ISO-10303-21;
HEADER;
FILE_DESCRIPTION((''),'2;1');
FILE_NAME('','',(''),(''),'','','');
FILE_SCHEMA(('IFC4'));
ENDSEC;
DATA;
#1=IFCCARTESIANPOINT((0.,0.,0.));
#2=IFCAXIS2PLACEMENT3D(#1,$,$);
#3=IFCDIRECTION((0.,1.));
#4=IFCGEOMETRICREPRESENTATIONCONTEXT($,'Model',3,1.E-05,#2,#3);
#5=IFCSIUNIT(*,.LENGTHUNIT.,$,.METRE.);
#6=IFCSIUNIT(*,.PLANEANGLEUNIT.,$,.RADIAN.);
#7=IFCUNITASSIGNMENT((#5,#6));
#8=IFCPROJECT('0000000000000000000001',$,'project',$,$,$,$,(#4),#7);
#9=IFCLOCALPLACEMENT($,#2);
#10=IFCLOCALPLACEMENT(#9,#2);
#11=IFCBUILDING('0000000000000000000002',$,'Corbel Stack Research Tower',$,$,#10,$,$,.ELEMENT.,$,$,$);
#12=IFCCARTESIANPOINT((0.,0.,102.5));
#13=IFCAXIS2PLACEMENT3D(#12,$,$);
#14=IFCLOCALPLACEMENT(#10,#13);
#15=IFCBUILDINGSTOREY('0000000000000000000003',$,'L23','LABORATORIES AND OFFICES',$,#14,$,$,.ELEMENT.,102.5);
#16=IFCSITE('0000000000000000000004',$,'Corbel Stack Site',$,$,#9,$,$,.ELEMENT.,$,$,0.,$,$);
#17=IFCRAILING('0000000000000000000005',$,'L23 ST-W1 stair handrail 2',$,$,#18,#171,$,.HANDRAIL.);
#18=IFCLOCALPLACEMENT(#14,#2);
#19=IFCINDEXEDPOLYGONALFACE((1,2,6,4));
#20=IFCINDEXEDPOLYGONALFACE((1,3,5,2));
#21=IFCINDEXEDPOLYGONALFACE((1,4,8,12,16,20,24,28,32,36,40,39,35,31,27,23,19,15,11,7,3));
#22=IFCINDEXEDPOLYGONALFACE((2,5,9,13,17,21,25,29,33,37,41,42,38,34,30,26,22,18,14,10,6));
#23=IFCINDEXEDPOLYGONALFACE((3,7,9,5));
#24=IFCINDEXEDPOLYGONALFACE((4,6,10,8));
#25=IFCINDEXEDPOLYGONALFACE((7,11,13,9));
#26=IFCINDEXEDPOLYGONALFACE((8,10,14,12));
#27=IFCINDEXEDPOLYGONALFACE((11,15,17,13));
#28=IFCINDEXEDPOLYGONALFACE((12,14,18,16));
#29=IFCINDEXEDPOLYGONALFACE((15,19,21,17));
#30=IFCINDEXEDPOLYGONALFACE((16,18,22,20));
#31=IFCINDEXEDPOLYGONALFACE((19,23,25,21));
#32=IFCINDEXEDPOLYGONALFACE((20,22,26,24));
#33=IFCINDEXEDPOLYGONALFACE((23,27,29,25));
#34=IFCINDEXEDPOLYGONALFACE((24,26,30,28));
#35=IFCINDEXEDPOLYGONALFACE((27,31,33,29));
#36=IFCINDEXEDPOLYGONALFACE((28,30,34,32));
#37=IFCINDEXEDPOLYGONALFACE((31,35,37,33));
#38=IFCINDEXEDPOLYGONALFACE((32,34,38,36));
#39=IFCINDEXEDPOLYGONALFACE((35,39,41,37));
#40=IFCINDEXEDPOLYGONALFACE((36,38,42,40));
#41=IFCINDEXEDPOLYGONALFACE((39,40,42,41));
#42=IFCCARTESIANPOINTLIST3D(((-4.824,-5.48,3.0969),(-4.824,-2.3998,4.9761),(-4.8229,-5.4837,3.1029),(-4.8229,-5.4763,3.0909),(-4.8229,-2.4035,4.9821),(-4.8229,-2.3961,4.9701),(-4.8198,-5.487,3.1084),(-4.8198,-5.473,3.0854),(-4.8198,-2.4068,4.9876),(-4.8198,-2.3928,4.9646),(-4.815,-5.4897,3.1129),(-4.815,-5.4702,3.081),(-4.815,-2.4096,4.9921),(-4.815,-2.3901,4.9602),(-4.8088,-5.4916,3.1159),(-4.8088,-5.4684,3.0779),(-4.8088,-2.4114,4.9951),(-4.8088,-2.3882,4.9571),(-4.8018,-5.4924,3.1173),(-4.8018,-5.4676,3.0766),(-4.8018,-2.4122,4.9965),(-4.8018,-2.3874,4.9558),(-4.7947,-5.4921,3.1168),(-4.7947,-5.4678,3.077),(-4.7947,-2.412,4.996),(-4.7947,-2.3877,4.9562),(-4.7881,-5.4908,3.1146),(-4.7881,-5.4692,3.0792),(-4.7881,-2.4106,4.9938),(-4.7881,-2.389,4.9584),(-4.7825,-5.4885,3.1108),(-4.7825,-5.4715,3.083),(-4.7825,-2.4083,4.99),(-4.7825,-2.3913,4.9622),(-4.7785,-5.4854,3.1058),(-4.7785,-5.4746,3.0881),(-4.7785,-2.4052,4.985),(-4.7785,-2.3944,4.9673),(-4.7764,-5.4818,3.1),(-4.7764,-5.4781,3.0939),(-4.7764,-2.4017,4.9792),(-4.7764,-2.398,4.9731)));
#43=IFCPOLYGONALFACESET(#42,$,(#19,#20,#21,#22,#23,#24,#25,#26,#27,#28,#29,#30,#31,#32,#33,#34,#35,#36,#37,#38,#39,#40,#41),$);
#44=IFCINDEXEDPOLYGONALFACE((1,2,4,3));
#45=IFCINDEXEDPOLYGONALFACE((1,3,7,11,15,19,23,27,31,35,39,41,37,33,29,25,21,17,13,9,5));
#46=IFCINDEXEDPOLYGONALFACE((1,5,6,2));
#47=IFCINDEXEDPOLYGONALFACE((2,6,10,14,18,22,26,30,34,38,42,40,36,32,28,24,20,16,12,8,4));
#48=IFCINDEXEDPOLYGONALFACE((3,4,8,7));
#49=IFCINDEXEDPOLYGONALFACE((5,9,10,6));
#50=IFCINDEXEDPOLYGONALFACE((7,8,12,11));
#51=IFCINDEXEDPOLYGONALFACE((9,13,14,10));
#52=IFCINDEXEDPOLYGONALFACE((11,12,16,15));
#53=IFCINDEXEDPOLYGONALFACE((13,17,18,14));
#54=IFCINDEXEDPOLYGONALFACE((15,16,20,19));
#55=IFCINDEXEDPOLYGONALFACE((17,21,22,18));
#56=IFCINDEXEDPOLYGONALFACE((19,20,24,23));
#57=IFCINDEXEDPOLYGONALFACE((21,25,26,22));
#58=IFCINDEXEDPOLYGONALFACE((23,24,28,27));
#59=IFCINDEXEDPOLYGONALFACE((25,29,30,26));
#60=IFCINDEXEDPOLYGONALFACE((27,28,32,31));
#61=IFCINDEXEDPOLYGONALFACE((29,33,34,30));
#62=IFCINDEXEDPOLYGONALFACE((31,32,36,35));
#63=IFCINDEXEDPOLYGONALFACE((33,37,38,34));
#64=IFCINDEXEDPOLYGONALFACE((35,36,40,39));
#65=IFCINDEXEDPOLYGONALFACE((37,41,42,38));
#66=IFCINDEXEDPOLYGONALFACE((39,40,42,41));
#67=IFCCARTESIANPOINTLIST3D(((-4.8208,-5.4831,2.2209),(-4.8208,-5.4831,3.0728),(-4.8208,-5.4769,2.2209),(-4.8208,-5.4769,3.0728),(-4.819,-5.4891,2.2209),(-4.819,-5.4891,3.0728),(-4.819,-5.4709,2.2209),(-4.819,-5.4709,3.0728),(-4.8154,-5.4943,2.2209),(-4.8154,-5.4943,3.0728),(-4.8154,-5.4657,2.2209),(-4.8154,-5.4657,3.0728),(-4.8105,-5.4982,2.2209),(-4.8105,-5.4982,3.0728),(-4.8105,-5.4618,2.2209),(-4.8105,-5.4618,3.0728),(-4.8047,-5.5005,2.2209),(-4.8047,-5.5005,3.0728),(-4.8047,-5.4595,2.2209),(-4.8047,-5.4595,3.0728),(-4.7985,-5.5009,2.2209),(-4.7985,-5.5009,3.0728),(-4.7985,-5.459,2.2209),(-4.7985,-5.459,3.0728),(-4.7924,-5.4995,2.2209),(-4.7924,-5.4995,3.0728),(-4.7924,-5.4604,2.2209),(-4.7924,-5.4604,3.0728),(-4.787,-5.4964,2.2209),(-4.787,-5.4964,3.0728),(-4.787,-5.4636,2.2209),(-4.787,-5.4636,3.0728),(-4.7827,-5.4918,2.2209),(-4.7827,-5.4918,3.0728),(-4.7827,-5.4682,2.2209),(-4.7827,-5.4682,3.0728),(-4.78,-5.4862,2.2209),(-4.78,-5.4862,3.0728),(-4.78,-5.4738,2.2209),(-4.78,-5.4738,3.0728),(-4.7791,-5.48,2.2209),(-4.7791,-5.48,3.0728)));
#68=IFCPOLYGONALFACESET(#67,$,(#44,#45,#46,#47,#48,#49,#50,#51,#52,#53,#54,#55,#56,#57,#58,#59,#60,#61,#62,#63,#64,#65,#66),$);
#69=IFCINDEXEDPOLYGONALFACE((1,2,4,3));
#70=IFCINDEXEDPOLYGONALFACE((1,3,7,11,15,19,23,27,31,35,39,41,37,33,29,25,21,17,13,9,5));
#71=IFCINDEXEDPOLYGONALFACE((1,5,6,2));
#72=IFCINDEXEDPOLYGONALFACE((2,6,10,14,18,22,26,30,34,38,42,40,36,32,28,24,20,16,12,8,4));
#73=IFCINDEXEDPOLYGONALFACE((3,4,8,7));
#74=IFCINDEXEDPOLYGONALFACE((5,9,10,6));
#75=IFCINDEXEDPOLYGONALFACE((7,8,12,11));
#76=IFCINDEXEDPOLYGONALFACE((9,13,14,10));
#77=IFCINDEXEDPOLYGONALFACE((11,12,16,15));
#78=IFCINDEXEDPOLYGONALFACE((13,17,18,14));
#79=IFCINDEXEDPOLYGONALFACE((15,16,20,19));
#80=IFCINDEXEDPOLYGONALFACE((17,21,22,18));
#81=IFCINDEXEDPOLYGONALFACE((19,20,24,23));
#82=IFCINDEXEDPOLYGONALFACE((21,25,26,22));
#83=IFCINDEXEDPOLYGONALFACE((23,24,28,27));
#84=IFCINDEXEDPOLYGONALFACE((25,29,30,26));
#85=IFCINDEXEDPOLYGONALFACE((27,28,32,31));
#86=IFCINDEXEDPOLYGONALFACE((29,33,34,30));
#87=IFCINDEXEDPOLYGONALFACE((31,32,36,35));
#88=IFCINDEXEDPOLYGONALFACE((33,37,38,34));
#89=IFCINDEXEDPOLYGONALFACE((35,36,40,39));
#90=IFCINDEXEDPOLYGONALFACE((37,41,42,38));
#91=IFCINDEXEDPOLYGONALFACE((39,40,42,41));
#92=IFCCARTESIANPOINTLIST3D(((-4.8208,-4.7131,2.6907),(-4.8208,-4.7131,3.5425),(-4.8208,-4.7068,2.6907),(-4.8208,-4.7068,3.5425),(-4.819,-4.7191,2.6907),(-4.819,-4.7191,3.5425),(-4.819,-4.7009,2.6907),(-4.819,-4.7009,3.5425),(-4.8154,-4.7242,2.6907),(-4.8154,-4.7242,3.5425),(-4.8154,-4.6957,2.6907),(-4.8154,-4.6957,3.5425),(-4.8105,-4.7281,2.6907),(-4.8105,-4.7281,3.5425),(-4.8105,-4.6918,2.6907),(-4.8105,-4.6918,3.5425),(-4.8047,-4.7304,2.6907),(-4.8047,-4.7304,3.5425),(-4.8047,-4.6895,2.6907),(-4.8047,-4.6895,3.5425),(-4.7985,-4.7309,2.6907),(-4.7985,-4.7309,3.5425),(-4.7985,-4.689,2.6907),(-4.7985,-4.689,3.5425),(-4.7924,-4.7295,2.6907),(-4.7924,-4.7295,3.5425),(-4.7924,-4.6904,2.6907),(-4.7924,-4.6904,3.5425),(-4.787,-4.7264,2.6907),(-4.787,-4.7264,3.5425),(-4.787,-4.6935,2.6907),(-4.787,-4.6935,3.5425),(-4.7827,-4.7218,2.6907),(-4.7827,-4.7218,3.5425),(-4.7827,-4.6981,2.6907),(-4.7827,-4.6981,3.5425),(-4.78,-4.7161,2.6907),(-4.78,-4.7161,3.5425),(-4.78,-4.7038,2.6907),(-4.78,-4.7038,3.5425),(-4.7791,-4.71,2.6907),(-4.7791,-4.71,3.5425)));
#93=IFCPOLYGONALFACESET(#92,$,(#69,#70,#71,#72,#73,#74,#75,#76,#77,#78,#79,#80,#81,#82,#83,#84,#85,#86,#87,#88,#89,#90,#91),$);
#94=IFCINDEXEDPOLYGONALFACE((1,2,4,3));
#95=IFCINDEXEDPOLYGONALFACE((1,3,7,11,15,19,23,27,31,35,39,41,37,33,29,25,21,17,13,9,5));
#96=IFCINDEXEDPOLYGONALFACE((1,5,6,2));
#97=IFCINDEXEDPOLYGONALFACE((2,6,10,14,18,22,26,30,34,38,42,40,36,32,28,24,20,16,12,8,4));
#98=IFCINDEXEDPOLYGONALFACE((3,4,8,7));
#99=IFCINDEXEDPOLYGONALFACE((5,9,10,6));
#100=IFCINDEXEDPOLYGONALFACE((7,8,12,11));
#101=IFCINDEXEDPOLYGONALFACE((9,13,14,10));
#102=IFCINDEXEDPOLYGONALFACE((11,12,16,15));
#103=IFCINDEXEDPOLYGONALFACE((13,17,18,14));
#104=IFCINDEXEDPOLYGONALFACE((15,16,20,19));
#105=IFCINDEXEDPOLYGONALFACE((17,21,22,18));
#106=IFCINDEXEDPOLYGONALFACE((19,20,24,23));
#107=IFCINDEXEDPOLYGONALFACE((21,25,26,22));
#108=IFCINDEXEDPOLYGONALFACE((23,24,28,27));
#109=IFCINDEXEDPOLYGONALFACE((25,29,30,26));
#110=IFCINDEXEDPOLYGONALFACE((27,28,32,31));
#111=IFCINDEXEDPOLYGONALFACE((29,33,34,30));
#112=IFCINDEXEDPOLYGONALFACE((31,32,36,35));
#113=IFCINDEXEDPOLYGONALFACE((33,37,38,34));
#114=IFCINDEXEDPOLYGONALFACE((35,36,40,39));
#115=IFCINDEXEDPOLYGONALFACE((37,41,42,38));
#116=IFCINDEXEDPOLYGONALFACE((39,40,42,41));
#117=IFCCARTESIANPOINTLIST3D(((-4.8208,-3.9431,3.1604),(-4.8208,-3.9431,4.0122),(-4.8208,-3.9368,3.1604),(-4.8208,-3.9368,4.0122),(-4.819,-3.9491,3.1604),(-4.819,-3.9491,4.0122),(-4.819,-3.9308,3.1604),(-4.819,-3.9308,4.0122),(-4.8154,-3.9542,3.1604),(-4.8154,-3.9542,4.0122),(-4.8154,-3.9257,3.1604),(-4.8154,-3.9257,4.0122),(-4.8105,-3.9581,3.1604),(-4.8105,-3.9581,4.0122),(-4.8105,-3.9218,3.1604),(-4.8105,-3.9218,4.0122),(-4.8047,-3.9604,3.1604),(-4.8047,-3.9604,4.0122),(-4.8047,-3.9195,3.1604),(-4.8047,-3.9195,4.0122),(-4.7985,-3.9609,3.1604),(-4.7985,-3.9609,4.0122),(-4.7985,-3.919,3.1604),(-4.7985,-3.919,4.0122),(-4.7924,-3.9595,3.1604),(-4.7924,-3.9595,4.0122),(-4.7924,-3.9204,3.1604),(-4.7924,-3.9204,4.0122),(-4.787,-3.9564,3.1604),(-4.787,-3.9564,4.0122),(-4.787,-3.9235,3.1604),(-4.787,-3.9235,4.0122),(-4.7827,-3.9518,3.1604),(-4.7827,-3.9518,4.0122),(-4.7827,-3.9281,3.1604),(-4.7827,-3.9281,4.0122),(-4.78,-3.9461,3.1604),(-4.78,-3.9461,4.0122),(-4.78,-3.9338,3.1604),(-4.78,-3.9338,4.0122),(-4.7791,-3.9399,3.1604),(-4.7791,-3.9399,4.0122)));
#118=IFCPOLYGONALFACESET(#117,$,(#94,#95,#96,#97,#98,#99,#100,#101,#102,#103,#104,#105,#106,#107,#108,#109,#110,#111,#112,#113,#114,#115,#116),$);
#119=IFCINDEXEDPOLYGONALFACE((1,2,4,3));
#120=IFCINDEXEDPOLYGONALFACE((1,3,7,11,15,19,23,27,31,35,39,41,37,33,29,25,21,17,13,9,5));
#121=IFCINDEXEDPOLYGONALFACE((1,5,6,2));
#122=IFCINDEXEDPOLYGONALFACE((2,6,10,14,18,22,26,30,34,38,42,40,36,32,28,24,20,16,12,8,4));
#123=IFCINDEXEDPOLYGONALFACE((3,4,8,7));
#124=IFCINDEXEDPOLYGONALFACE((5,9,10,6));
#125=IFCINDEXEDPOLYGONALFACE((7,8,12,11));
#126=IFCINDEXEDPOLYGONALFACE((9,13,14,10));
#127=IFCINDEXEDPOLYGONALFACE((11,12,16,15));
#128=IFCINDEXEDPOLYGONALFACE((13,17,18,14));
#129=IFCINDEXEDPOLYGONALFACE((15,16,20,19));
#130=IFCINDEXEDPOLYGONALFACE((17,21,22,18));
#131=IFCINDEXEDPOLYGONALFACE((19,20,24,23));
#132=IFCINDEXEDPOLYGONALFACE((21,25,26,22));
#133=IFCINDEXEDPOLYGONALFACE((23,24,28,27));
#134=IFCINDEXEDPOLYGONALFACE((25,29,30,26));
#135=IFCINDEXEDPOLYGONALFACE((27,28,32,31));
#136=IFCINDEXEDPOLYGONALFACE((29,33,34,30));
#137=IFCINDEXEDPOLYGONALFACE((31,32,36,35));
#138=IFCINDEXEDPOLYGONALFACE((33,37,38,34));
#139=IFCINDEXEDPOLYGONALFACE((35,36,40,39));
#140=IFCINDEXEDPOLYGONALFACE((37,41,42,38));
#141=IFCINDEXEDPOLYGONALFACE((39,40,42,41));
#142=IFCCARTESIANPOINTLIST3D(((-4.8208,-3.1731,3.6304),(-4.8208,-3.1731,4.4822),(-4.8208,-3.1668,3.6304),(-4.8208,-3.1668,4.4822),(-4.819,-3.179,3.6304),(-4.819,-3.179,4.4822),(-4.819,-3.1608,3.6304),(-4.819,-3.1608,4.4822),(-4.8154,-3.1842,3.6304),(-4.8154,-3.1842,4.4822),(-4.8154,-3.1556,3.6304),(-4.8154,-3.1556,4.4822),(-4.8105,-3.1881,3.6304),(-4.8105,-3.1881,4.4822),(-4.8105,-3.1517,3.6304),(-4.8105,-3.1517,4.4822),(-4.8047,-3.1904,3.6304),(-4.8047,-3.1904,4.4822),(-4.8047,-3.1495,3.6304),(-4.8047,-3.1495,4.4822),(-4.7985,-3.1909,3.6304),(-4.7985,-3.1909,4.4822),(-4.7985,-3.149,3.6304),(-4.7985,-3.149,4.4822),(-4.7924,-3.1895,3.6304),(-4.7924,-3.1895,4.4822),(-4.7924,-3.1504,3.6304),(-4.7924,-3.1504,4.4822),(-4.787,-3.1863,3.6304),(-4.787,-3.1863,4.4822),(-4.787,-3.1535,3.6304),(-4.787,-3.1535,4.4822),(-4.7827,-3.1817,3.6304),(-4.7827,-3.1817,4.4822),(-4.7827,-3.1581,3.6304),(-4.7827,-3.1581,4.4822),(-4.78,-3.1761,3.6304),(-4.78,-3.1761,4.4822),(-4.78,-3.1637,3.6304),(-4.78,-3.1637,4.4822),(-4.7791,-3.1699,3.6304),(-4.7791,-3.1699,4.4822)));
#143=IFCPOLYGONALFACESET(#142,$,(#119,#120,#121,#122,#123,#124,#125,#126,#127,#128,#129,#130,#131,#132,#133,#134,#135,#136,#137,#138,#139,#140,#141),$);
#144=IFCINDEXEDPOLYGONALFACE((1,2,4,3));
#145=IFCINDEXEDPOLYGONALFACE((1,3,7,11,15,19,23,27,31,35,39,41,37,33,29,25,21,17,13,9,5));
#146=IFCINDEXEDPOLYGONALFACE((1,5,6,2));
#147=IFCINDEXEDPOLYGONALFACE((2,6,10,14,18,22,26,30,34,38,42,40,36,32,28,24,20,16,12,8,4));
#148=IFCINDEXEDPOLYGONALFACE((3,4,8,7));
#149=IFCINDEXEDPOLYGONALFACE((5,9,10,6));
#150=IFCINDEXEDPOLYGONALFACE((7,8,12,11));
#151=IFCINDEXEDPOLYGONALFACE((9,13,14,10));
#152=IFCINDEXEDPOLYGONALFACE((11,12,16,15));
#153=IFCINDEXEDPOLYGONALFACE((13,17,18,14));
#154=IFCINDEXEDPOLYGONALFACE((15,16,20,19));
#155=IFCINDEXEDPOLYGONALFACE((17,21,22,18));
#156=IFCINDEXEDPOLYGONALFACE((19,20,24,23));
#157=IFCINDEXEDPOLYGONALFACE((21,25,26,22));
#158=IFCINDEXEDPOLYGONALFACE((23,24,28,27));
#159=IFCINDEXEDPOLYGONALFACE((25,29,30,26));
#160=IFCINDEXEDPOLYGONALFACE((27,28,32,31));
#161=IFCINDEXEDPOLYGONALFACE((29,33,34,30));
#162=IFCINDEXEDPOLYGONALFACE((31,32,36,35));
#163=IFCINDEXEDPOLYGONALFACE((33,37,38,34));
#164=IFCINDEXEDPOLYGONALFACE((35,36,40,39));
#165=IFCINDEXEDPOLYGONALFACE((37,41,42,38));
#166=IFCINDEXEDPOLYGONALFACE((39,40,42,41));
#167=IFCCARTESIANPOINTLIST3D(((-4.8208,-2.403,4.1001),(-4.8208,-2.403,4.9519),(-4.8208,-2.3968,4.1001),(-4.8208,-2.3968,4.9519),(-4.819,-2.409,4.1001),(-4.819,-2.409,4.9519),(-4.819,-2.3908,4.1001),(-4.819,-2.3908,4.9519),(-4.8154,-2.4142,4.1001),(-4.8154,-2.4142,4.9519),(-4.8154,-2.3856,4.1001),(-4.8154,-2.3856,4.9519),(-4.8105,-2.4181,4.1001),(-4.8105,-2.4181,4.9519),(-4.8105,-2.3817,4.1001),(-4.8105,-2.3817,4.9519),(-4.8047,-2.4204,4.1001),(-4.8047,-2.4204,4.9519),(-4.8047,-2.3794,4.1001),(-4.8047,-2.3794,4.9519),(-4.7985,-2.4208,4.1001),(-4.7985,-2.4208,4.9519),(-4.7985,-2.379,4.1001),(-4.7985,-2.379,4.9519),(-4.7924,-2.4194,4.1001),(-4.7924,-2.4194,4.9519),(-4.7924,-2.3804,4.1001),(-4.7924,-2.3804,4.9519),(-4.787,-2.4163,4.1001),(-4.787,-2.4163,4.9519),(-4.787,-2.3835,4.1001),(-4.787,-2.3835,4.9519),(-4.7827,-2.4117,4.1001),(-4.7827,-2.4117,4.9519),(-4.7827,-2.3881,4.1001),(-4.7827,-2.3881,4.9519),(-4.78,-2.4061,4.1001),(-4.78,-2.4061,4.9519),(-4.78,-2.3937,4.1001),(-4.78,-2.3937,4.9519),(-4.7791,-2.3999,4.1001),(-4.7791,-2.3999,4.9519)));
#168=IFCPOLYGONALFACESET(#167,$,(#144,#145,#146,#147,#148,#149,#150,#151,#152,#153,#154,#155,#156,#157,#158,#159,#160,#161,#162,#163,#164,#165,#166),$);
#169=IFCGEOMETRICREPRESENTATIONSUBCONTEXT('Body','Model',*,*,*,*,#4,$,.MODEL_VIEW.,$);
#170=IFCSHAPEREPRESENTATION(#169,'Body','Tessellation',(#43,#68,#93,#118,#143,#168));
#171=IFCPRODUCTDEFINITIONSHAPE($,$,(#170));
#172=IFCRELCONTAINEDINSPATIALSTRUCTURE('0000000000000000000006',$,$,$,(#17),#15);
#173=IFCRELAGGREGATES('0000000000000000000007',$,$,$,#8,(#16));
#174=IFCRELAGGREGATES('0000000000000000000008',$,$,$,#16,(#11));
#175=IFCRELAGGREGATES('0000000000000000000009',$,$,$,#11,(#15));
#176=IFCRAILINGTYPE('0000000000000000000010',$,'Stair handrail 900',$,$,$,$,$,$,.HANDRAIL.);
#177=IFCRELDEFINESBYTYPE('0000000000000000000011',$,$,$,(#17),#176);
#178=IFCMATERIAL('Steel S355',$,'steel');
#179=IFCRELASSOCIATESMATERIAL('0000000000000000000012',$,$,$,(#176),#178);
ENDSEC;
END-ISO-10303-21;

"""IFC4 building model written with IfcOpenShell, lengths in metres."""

from ifc_helpers import new_model, si_unit, direction, frame, origin, origin_2d, place, context, subcontext, project, spatial, circle, extrude, material, type_object, element, save


model = new_model("IFC4")

# Units and contexts
model_context = context("Model", 3, precision=1e-05, world=origin(), true_north=direction((0.0, 1.0)))
body_context = subcontext(model_context, "Body", "Model", "MODEL_VIEW")
ifc_project = project(units=[si_unit("LENGTHUNIT", "METRE"), si_unit("PLANEANGLEUNIT", "RADIAN")], contexts=[model_context])

# Site, building, storey
site_placement = place(None, origin())
site = spatial("IfcSite", under=ifc_project, at=site_placement, Name="Corbel Stack Site", CompositionType="ELEMENT", RefElevation=0.0)
building_placement = place(site_placement, origin())
building = spatial("IfcBuilding", under=site, at=building_placement, Name="Corbel Stack Research Tower", CompositionType="ELEMENT")
storey_placement = place(building_placement, frame((0.0, 0.0, 102.5)))
storey = spatial("IfcBuildingStorey", under=building, at=storey_placement, Name="L23", Description="LABORATORIES AND OFFICES", CompositionType="ELEMENT", Elevation=102.5)

# Railing
ifc_material_1 = material(Name="Steel S355", Category="steel")
railing_type_1 = type_object("IfcRailingType", Name="Stair handrail 900", PredefinedType="HANDRAIL", material=ifc_material_1)
railing_1_placement = place(storey_placement, frame((-4.8, -5.48, 2.2209)))
element("IfcRailing", 1, at=railing_1_placement, inside=storey, type_object=railing_type_1, Name="L23 ST-W1 stair handrail 2", PredefinedType="HANDRAIL", context=body_context, shape_type="SweptSolid", body=[
    extrude(circle(Radius=0.0239, at=origin_2d()), frame((0.0, 0.0, 0.876), z_axis=(0.0, 0.853666, 0.52082), x_axis=(-1.0, 0.0, 0.0)), (0.0, 0.0, 1.0), 3.6082),
    extrude(circle(Radius=0.021, at=origin_2d()), origin(), (0.0, 0.0, 1.0), 0.8518),
    extrude(circle(Radius=0.021, at=origin_2d()), frame((0.0, 0.77, 0.4697)), (0.0, 0.0, 1.0), 0.8518),
    extrude(circle(Radius=0.021, at=origin_2d()), frame((0.0, 1.54, 0.9395)), (0.0, 0.0, 1.0), 0.8518),
    extrude(circle(Radius=0.021, at=origin_2d()), frame((0.0, 2.3101, 1.4094)), (0.0, 0.0, 1.0), 0.8518),
    extrude(circle(Radius=0.021, at=origin_2d()), frame((0.0, 3.0801, 1.8792)), (0.0, 0.0, 1.0), 0.8518),
])

save(model, "model.ifc")
